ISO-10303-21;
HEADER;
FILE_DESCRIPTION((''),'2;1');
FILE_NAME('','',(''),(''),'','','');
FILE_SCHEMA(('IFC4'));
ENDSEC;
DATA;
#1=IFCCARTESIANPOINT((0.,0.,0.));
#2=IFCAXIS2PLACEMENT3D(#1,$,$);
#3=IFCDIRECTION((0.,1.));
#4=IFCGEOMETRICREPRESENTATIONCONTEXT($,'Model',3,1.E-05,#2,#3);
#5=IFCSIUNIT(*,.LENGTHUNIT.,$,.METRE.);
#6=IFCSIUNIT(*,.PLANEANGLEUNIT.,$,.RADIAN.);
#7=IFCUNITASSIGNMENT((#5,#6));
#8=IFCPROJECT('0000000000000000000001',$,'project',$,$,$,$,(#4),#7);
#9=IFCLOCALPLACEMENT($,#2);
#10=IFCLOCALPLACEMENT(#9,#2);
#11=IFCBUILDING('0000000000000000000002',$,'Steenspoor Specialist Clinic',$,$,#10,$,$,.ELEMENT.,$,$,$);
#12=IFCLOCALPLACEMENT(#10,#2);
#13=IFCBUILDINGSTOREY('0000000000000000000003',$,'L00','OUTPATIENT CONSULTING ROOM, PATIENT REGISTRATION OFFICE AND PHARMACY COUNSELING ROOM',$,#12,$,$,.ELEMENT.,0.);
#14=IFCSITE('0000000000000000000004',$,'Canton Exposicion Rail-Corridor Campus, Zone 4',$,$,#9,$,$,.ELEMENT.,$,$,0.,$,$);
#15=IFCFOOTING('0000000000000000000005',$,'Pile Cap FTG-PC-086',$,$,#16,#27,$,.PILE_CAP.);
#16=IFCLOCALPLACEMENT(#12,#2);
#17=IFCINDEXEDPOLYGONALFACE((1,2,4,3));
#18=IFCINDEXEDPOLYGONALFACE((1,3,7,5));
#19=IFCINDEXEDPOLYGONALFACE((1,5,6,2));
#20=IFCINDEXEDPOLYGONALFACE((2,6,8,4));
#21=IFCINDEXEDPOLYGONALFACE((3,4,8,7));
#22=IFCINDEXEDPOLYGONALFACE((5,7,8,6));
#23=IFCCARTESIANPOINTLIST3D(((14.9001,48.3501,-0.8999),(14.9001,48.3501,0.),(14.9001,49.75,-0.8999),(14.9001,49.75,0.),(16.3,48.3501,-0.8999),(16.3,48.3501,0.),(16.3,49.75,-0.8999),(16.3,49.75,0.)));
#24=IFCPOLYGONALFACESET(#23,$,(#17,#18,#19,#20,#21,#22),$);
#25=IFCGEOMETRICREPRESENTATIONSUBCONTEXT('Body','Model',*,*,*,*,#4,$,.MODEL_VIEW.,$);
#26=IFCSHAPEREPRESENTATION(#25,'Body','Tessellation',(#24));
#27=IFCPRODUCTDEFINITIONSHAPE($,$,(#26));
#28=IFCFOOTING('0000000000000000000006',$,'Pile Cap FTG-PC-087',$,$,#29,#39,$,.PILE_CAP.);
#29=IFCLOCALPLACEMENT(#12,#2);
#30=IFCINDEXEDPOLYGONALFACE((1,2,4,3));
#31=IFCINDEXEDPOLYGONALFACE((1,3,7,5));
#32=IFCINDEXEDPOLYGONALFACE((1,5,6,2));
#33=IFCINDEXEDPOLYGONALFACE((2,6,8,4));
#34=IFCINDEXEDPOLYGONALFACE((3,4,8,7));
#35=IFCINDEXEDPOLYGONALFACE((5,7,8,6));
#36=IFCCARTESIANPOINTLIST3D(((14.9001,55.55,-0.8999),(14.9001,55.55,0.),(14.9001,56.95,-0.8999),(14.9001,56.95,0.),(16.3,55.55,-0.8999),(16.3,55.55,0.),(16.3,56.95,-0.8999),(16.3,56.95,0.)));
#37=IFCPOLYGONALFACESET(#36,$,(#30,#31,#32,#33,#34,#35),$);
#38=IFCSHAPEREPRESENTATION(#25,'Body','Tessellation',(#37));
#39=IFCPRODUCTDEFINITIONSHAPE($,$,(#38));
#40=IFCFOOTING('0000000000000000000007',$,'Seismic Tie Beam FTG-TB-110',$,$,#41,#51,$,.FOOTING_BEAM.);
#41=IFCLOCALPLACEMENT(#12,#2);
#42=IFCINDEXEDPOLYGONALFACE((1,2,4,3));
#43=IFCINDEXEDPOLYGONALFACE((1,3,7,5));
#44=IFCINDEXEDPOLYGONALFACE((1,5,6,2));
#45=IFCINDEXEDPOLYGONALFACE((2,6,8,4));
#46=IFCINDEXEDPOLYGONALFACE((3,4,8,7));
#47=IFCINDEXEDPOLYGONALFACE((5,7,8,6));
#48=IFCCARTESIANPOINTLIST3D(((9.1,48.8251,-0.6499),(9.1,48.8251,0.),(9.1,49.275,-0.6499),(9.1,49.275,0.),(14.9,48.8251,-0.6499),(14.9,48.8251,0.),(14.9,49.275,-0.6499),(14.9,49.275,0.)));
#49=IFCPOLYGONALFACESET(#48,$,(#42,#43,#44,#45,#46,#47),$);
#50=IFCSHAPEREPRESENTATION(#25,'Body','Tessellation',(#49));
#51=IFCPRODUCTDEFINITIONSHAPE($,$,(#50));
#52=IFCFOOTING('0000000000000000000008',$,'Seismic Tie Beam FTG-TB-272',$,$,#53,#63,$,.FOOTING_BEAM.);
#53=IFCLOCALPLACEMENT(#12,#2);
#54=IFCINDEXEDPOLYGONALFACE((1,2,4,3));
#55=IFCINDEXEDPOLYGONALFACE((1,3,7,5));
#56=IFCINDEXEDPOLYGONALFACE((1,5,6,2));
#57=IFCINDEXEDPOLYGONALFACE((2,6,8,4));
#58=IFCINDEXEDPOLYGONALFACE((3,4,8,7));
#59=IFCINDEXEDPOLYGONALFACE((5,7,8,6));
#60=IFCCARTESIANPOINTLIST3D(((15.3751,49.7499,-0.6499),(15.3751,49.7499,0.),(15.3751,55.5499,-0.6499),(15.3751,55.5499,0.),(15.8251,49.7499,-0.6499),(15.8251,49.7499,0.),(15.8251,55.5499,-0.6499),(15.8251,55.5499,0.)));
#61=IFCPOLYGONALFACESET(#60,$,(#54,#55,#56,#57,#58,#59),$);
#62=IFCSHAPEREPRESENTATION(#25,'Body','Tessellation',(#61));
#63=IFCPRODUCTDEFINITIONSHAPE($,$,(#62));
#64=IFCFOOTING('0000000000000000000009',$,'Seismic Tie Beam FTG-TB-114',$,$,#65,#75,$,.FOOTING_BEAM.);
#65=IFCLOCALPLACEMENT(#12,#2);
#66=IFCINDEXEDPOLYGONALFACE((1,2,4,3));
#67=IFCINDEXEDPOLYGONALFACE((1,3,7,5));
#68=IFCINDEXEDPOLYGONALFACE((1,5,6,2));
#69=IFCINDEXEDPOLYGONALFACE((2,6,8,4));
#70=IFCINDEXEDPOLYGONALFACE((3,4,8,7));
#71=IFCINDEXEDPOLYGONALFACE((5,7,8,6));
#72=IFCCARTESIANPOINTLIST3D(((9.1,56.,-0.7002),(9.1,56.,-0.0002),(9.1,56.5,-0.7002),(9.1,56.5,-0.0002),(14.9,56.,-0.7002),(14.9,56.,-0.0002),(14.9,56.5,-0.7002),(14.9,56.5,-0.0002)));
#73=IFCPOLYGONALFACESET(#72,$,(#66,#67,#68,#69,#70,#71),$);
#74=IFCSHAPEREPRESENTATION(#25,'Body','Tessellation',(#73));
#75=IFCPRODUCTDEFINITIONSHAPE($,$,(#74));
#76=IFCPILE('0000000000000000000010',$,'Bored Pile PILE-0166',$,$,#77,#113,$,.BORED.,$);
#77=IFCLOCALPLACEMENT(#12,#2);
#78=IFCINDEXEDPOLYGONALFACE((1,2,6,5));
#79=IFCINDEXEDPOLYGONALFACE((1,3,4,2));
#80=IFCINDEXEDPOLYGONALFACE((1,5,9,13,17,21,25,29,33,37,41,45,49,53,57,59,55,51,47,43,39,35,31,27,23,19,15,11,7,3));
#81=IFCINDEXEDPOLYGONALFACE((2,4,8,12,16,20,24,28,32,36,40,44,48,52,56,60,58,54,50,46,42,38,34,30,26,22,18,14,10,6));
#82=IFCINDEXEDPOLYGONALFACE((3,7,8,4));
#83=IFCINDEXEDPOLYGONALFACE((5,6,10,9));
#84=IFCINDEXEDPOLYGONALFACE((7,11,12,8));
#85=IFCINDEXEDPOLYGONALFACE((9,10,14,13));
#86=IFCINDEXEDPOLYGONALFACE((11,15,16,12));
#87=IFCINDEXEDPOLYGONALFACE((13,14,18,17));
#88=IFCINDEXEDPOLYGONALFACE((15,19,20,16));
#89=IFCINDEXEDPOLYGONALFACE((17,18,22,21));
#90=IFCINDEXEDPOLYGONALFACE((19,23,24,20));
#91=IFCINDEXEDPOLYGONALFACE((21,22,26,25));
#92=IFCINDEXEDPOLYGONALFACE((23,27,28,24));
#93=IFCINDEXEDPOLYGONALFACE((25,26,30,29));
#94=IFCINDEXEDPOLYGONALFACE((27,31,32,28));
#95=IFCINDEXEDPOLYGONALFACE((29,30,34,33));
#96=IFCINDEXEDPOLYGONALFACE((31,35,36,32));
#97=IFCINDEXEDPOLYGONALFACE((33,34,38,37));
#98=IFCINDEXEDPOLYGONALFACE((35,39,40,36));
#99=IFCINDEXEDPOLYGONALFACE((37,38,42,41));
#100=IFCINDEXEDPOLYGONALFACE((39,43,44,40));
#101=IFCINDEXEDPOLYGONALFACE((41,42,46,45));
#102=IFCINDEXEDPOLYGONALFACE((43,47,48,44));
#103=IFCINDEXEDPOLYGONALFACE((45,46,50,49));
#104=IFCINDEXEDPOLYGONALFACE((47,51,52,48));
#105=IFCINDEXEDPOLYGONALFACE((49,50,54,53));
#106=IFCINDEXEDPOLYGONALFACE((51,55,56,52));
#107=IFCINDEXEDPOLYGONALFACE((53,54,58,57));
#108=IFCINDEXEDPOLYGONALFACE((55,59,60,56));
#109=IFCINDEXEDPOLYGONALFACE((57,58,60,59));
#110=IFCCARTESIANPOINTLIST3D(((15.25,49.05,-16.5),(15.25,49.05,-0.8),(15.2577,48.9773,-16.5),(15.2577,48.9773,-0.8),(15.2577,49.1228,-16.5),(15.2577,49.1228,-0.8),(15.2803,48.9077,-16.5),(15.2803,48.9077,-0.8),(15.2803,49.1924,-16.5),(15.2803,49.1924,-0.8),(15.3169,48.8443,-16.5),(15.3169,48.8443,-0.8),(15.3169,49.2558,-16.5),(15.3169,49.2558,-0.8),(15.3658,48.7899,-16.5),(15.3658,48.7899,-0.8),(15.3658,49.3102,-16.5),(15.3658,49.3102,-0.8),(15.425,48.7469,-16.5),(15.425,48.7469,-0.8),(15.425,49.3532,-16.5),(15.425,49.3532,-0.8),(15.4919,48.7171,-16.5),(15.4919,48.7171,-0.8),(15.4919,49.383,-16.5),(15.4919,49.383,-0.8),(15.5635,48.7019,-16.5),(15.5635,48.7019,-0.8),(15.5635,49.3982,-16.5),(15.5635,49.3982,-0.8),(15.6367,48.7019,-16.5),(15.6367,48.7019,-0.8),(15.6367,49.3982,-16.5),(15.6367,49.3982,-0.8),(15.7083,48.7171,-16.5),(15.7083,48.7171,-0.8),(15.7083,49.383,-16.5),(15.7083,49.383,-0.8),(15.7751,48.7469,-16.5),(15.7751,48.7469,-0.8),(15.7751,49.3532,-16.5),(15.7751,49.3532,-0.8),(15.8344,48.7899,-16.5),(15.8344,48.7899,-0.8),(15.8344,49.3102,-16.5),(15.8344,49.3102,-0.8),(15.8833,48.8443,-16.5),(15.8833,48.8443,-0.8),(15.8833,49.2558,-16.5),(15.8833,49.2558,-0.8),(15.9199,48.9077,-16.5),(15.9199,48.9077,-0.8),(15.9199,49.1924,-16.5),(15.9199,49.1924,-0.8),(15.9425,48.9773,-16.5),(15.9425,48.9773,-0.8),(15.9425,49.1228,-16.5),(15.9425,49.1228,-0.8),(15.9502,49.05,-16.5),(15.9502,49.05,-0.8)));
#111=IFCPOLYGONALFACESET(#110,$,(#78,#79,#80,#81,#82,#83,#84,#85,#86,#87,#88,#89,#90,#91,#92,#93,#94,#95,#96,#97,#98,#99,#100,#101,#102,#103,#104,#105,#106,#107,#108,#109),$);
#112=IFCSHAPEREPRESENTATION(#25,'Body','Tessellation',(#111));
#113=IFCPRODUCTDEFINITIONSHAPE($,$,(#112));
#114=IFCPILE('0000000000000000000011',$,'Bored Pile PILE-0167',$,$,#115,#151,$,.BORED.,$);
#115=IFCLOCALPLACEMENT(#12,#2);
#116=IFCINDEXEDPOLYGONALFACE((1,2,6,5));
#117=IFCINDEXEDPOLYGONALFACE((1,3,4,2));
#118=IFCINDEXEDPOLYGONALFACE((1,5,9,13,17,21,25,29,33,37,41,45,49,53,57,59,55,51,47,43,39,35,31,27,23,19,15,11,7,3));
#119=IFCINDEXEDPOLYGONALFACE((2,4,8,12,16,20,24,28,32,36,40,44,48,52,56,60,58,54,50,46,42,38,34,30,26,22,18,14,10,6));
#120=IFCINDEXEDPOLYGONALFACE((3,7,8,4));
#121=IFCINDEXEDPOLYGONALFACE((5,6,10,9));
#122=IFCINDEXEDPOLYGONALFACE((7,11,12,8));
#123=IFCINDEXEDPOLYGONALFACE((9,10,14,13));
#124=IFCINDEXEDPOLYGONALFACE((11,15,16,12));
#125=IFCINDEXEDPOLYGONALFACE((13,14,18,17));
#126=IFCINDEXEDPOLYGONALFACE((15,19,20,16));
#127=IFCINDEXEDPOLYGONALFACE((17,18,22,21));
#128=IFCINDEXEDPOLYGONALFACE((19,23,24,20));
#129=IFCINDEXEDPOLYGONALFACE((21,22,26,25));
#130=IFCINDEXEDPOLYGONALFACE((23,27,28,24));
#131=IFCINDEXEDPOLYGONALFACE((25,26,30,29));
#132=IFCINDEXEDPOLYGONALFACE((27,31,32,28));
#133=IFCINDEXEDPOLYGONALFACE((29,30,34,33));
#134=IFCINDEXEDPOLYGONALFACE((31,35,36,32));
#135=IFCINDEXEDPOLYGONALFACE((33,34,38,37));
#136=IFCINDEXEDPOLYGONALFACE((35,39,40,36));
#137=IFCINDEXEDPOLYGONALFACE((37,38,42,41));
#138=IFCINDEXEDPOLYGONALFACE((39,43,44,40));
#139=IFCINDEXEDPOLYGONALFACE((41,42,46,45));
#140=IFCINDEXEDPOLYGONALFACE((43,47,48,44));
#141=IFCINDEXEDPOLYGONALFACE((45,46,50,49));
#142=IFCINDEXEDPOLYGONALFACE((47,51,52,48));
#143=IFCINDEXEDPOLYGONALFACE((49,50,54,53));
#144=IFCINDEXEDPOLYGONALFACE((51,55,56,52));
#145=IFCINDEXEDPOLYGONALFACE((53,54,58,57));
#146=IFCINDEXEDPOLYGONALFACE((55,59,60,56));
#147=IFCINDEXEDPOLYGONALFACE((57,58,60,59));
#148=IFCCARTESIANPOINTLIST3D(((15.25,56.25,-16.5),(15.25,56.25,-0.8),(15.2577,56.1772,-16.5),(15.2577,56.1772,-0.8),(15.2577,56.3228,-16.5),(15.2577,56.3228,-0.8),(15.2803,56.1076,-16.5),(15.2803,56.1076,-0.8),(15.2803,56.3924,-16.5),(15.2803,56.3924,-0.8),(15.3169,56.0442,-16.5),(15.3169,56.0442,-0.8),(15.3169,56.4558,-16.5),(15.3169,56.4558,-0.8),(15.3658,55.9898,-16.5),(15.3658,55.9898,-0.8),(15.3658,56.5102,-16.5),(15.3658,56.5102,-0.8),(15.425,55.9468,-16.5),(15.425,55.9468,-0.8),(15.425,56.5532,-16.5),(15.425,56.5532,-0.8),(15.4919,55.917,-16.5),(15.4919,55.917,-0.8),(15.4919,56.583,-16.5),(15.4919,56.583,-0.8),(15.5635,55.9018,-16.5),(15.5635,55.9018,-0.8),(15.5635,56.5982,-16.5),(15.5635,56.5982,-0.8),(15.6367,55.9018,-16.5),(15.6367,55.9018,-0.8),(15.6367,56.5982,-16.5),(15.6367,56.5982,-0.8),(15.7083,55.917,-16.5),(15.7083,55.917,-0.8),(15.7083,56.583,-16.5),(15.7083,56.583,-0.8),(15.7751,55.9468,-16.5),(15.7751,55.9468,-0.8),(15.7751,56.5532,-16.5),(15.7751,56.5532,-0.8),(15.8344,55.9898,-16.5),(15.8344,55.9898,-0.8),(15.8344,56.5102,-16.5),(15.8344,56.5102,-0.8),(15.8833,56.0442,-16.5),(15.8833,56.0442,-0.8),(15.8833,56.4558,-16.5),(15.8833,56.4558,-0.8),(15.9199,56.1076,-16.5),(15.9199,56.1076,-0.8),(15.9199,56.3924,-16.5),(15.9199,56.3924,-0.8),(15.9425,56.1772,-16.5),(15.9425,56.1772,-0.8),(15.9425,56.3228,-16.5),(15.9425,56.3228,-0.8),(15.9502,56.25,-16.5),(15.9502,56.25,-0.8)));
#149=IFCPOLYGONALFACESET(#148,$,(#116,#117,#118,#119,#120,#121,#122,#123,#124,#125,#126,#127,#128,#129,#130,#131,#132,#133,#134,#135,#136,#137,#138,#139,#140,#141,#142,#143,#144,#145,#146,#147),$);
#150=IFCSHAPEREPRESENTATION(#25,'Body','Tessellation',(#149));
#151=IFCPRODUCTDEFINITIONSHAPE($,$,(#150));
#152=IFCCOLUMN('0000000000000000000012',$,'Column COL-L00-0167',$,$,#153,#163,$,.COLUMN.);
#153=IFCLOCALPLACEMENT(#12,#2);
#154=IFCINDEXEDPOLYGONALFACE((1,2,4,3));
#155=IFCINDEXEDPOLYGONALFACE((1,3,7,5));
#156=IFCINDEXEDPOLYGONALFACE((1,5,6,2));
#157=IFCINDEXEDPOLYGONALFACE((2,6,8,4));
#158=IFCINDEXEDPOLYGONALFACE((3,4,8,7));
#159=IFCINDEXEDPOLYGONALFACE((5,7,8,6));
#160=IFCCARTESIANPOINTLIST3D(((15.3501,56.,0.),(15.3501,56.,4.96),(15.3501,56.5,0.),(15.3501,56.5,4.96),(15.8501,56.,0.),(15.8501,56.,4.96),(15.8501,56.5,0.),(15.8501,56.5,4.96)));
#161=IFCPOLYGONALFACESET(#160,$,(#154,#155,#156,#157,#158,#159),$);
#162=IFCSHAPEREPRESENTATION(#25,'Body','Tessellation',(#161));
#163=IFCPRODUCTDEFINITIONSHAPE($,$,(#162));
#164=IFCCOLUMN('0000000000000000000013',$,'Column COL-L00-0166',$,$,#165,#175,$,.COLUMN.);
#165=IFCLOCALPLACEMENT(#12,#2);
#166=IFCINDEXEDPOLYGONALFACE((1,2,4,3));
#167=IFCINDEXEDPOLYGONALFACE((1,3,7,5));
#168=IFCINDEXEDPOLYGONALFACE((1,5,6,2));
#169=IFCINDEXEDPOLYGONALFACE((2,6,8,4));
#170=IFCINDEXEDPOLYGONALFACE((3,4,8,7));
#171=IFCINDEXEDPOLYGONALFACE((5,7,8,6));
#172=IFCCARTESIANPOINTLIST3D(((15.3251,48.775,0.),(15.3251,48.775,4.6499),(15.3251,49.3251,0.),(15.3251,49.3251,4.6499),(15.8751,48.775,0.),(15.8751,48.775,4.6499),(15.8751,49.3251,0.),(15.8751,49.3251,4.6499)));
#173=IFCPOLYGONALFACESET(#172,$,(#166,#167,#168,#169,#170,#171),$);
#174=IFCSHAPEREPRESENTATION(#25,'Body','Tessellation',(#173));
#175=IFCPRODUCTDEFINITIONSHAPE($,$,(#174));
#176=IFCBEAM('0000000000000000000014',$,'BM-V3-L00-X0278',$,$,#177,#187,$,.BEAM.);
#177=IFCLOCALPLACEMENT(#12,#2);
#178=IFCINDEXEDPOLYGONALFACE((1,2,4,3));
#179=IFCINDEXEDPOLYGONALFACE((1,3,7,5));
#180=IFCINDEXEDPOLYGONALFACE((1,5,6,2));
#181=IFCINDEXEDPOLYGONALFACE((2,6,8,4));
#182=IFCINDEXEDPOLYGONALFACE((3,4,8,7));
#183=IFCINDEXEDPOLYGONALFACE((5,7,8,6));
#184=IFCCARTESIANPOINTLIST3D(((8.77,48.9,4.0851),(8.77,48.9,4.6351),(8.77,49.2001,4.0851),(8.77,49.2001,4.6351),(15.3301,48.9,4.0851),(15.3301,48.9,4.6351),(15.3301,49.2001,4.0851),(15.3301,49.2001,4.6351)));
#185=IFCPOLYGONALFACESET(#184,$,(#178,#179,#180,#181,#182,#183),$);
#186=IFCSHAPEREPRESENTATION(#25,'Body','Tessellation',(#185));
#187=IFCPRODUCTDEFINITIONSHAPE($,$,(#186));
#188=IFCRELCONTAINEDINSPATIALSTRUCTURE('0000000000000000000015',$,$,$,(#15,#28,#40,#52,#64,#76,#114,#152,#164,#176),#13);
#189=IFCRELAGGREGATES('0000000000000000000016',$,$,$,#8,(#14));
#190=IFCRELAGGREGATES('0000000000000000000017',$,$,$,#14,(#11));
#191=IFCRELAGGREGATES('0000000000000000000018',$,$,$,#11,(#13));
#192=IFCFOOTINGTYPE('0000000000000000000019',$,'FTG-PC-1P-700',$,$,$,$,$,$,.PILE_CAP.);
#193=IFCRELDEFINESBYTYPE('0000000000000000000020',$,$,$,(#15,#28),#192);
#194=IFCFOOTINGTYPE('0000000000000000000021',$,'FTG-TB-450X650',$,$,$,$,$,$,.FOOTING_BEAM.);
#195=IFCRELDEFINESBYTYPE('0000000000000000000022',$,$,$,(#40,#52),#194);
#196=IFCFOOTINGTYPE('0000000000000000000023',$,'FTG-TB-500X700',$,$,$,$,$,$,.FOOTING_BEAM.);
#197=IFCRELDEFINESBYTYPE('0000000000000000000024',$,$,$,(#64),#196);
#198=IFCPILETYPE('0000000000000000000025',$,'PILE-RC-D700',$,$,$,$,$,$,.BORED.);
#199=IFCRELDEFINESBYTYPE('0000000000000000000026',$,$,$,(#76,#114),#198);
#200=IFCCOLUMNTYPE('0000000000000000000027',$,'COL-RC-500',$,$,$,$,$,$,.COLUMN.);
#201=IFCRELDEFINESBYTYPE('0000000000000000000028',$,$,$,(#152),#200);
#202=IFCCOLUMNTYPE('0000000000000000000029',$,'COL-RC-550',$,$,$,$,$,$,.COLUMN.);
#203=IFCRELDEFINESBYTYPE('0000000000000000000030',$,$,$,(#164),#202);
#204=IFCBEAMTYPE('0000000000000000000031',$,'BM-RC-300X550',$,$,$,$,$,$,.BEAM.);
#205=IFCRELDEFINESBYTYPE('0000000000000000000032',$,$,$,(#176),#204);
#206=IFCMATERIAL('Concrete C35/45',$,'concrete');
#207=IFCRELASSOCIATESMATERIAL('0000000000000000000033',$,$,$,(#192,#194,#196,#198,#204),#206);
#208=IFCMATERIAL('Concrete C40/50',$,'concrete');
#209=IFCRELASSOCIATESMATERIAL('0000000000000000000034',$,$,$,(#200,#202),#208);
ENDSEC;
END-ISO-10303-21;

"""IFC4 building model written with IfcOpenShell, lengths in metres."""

from ifc_helpers import new_model, si_unit, direction, frame, origin, origin_2d, place, context, subcontext, project, spatial, rectangle, circle, extrude, material, material_profile, profile_set, type_object, element, save


model = new_model("IFC4")

# Units and contexts
model_context = context("Model", 3, precision=1e-05, world=origin(), true_north=direction((0.0, 1.0)))
body_context = subcontext(model_context, "Body", "Model", "MODEL_VIEW")
ifc_project = project(units=[si_unit("LENGTHUNIT", "METRE"), si_unit("PLANEANGLEUNIT", "RADIAN")], contexts=[model_context])

# Site, building, storey
site_placement = place(None, origin())
site = spatial("IfcSite", under=ifc_project, at=site_placement, Name="Canton Exposicion Rail-Corridor Campus, Zone 4", CompositionType="ELEMENT", RefElevation=0.0)
building_placement = place(site_placement, origin())
building = spatial("IfcBuilding", under=site, at=building_placement, Name="Steenspoor Specialist Clinic", CompositionType="ELEMENT")
storey_placement = place(building_placement, origin())
storey = spatial("IfcBuildingStorey", under=building, at=storey_placement, Name="L00", Description="OUTPATIENT CONSULTING ROOM, PATIENT REGISTRATION OFFICE AND PHARMACY COUNSELING ROOM", CompositionType="ELEMENT", Elevation=0.0)

# Footings
ifc_material_1 = material(Name="Concrete C35/45", Category="concrete")
footing_type_1 = type_object("IfcFootingType", Name="FTG-PC-1P-700", PredefinedType="PILE_CAP", material=ifc_material_1)
for number, where, z_axis, x_axis, name in (
    (1, (15.6001, 49.05, -0.8999), (0.0, 0.0, 1.0), (1.0, 0.0, 0.0), "Pile Cap FTG-PC-086"),
    (2, (15.6001, 56.25, -0.8999), (0.0, 0.0, 1.0), (1.0, 0.0, 0.0), "Pile Cap FTG-PC-087"),
):
    element("IfcFooting", number, at=place(storey_placement, frame(where, z_axis=z_axis, x_axis=x_axis)), inside=storey, type_object=footing_type_1, Name=name, PredefinedType="PILE_CAP", context=body_context, shape_type="SweptSolid", body=[
        extrude(rectangle(XDim=1.3999, YDim=1.3999, at=origin_2d()), origin(), (0.0, 0.0, 1.0), 0.8999),
    ])
footing_type_2 = type_object("IfcFootingType", Name="FTG-TB-450X650", PredefinedType="FOOTING_BEAM", material=ifc_material_1)
footing_1_placement = place(storey_placement, frame((12.0, 49.05, -0.6499), z_axis=(0.0, 0.0, 1.0), x_axis=(1.0, 0.0, 0.0)))
element("IfcFooting", 3, at=footing_1_placement, inside=storey, type_object=footing_type_2, Name="Seismic Tie Beam FTG-TB-110", PredefinedType="FOOTING_BEAM", context=body_context, shape_type="SweptSolid", body=[
    extrude(rectangle(XDim=5.8, YDim=0.45, at=origin_2d()), origin(), (0.0, 0.0, 1.0), 0.6499),
])
footing_2_placement = place(storey_placement, frame((15.6001, 52.6499, -0.6499), z_axis=(0.0, 0.0, 1.0), x_axis=(1.0, 0.0, 0.0)))
element("IfcFooting", 4, at=footing_2_placement, inside=storey, type_object=footing_type_2, Name="Seismic Tie Beam FTG-TB-272", PredefinedType="FOOTING_BEAM", context=body_context, shape_type="SweptSolid", body=[
    extrude(rectangle(XDim=0.45, YDim=5.8, at=origin_2d()), origin(), (0.0, 0.0, 1.0), 0.6499),
])
footing_type_3 = type_object("IfcFootingType", Name="FTG-TB-500X700", PredefinedType="FOOTING_BEAM", material=ifc_material_1)
footing_3_placement = place(storey_placement, frame((12.0, 56.25, -0.7002), z_axis=(0.0, 0.0, 1.0), x_axis=(1.0, 0.0, 0.0)))
element("IfcFooting", 5, at=footing_3_placement, inside=storey, type_object=footing_type_3, Name="Seismic Tie Beam FTG-TB-114", PredefinedType="FOOTING_BEAM", context=body_context, shape_type="SweptSolid", body=[
    extrude(rectangle(XDim=5.8, YDim=0.5, at=origin_2d()), origin(), (0.0, 0.0, 1.0), 0.7),
])

# Piles
ifc_material_profile_1 = material_profile(ifc_material_1, circle(Radius=0.3501, at=origin_2d()), Name="PILE-D700")
ifc_profile_set_1 = profile_set([ifc_material_profile_1], Name="Concrete C35/45")
pile_type = type_object("IfcPileType", Name="PILE-RC-D700", PredefinedType="BORED", material=ifc_profile_set_1)
for number, where, z_axis, x_axis, name in (
    (6, (15.6001, 49.05, -0.8), (0.0, 0.0, -1.0), (1.0, 0.0, 0.0), "Bored Pile PILE-0166"),
    (7, (15.6001, 56.25, -0.8), (0.0, 0.0, -1.0), (1.0, 0.0, 0.0), "Bored Pile PILE-0167"),
):
    element("IfcPile", number, at=place(storey_placement, frame(where, z_axis=z_axis, x_axis=x_axis)), inside=storey, type_object=pile_type, Name=name, PredefinedType="BORED", context=body_context, shape_type="SweptSolid", body=[
        extrude(circle(Radius=0.3501, at=origin_2d()), origin(), (0.0, 0.0, 1.0), 15.7),
    ])

# Columns
ifc_material_2 = material(Name="Concrete C40/50", Category="concrete")
ifc_material_profile_2 = material_profile(ifc_material_2, rectangle(XDim=0.5, YDim=0.5, at=origin_2d()), Name="RC-COL-500X500")
ifc_profile_set_2 = profile_set([ifc_material_profile_2], Name="Concrete C40/50")
column_type_1 = type_object("IfcColumnType", Name="COL-RC-500", PredefinedType="COLUMN", material=ifc_profile_set_2)
column_1_placement = place(storey_placement, frame((15.6001, 56.25, 0.0), z_axis=(0.0, 0.0, 1.0), x_axis=(1.0, 0.0, 0.0)))
element("IfcColumn", 8, at=column_1_placement, inside=storey, type_object=column_type_1, Name="Column COL-L00-0167", PredefinedType="COLUMN", context=body_context, shape_type="SweptSolid", body=[
    extrude(rectangle(XDim=0.5, YDim=0.5, at=origin_2d()), origin(), (0.0, 0.0, 1.0), 4.96),
])
ifc_material_profile_3 = material_profile(ifc_material_2, rectangle(XDim=0.55, YDim=0.55, at=origin_2d()), Name="RC-COL-550X550")
ifc_profile_set_3 = profile_set([ifc_material_profile_3], Name="Concrete C40/50")
column_type_2 = type_object("IfcColumnType", Name="COL-RC-550", PredefinedType="COLUMN", material=ifc_profile_set_3)
column_2_placement = place(storey_placement, frame((15.6001, 49.05, 0.0), z_axis=(0.0, 0.0, 1.0), x_axis=(1.0, 0.0, 0.0)))
element("IfcColumn", 9, at=column_2_placement, inside=storey, type_object=column_type_2, Name="Column COL-L00-0166", PredefinedType="COLUMN", context=body_context, shape_type="SweptSolid", body=[
    extrude(rectangle(XDim=0.55, YDim=0.55, at=origin_2d()), origin(), (0.0, 0.0, 1.0), 4.6499),
])

# Beam
ifc_material_profile_4 = material_profile(ifc_material_1, rectangle(XDim=0.3, YDim=0.55, at=origin_2d()), Name="RC-BM-300X550")
ifc_profile_set_4 = profile_set([ifc_material_profile_4], Name="Concrete C35/45")
beam_type_1 = type_object("IfcBeamType", Name="BM-RC-300X550", PredefinedType="BEAM", material=ifc_profile_set_4)
beam_1_placement = place(storey_placement, frame((8.77, 49.05, 4.3601), z_axis=(1.0, 0.0, 0.0), x_axis=(0.0, 1.0, 0.0)))
element("IfcBeam", 10, at=beam_1_placement, inside=storey, type_object=beam_type_1, Name="BM-V3-L00-X0278", PredefinedType="BEAM", context=body_context, shape_type="SweptSolid", body=[
    extrude(rectangle(XDim=0.3, YDim=0.55, at=origin_2d()), origin(), (0.0, 0.0, 1.0), 6.5601),
])

save(model, "model.ifc")
